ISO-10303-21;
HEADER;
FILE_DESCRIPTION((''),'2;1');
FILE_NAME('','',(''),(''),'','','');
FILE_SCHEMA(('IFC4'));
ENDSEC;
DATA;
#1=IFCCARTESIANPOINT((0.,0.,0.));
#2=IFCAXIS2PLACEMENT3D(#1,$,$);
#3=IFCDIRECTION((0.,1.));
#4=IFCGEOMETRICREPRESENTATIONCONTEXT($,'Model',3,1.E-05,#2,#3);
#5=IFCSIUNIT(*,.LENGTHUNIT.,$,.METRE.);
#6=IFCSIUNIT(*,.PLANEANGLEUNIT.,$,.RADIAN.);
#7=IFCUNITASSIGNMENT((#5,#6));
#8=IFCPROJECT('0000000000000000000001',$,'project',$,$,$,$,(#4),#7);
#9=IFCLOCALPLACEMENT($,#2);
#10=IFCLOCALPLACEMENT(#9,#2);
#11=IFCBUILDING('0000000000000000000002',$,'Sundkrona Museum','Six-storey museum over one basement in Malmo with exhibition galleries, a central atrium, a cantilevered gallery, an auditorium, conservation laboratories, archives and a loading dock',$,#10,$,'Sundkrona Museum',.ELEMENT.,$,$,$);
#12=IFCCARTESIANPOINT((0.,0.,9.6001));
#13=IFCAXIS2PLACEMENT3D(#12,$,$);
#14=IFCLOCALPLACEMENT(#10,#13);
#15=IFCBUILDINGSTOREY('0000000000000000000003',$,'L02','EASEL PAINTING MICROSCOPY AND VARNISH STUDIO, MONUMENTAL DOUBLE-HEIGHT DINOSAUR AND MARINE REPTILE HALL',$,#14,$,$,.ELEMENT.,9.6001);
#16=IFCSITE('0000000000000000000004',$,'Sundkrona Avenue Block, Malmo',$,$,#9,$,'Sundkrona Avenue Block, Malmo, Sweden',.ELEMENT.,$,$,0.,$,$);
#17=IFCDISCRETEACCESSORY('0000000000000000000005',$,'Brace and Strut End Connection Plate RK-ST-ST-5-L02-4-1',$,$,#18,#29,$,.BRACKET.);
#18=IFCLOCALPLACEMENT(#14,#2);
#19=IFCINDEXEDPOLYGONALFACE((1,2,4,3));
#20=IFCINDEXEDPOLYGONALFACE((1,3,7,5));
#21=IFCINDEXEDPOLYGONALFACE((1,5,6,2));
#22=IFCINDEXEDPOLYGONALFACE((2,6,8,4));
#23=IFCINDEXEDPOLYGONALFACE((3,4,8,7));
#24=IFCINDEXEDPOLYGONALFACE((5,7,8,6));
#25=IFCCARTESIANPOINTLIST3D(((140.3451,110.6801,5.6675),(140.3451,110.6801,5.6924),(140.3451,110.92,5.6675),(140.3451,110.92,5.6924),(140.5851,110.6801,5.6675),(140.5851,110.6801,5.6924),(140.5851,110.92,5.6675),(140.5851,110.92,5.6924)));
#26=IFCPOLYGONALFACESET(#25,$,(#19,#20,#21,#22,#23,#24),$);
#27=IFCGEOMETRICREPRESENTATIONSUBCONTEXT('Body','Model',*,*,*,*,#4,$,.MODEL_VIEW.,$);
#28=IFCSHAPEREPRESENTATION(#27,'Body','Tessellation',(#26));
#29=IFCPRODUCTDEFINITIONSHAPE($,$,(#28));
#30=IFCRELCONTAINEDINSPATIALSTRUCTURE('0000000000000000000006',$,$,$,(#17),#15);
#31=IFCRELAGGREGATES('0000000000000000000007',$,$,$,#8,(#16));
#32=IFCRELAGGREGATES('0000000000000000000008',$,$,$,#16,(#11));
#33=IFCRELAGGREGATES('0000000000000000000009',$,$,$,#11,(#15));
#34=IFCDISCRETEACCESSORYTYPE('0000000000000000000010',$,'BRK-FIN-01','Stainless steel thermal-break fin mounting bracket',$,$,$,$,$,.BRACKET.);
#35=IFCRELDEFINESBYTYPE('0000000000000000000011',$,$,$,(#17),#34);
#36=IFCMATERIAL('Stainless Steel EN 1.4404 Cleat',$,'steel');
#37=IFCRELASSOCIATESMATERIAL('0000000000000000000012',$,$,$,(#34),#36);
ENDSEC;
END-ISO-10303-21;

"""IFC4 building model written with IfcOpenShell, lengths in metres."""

from ifc_helpers import new_model, si_unit, direction, frame, origin, origin_2d, place, context, subcontext, project, spatial, rectangle, extrude, material, type_object, element, save


model = new_model("IFC4")

# Units and contexts
model_context = context("Model", 3, precision=1e-05, world=origin(), true_north=direction((0.0, 1.0)))
body_context = subcontext(model_context, "Body", "Model", "MODEL_VIEW")
ifc_project = project(units=[si_unit("LENGTHUNIT", "METRE"), si_unit("PLANEANGLEUNIT", "RADIAN")], contexts=[model_context])

# Site, building, storey
site_placement = place(None, origin())
site = spatial("IfcSite", under=ifc_project, at=site_placement, Name="Sundkrona Avenue Block, Malmo", LongName="Sundkrona Avenue Block, Malmo, Sweden", CompositionType="ELEMENT", RefElevation=0.0)
building_placement = place(site_placement, origin())
building = spatial("IfcBuilding", under=site, at=building_placement, Name="Sundkrona Museum", Description="Six-storey museum over one basement in Malmo with exhibition galleries, a central atrium, a cantilevered gallery, an auditorium, conservation laboratories, archives and a loading dock", LongName="Sundkrona Museum", CompositionType="ELEMENT")
storey_placement = place(building_placement, frame((0.0, 0.0, 9.6001)))
storey = spatial("IfcBuildingStorey", under=building, at=storey_placement, Name="L02", Description="EASEL PAINTING MICROSCOPY AND VARNISH STUDIO, MONUMENTAL DOUBLE-HEIGHT DINOSAUR AND MARINE REPTILE HALL", CompositionType="ELEMENT", Elevation=9.6001)

# Discrete accessory
ifc_material_1 = material(Name="Stainless Steel EN 1.4404 Cleat", Category="steel")
discrete_accessory_type = type_object("IfcDiscreteAccessoryType", Name="BRK-FIN-01", Description="Stainless steel thermal-break fin mounting bracket", PredefinedType="BRACKET", material=ifc_material_1)
for number, where, z_axis, x_axis, name in (
    (1, (140.4651, 110.8, 5.6675), (0.0, 0.0, 1.0), (1.0, 0.0, 0.0), "Brace and Strut End Connection Plate RK-ST-ST-5-L02-4-1"),
):
    element("IfcDiscreteAccessory", number, at=place(storey_placement, frame(where, z_axis=z_axis, x_axis=x_axis)), inside=storey, type_object=discrete_accessory_type, Name=name, PredefinedType="BRACKET", context=body_context, shape_type="SweptSolid", body=[
        extrude(rectangle(XDim=0.24, YDim=0.24, at=origin_2d()), origin(), (0.0, 0.0, 1.0), 0.0249),
    ])

save(model, "model.ifc")
